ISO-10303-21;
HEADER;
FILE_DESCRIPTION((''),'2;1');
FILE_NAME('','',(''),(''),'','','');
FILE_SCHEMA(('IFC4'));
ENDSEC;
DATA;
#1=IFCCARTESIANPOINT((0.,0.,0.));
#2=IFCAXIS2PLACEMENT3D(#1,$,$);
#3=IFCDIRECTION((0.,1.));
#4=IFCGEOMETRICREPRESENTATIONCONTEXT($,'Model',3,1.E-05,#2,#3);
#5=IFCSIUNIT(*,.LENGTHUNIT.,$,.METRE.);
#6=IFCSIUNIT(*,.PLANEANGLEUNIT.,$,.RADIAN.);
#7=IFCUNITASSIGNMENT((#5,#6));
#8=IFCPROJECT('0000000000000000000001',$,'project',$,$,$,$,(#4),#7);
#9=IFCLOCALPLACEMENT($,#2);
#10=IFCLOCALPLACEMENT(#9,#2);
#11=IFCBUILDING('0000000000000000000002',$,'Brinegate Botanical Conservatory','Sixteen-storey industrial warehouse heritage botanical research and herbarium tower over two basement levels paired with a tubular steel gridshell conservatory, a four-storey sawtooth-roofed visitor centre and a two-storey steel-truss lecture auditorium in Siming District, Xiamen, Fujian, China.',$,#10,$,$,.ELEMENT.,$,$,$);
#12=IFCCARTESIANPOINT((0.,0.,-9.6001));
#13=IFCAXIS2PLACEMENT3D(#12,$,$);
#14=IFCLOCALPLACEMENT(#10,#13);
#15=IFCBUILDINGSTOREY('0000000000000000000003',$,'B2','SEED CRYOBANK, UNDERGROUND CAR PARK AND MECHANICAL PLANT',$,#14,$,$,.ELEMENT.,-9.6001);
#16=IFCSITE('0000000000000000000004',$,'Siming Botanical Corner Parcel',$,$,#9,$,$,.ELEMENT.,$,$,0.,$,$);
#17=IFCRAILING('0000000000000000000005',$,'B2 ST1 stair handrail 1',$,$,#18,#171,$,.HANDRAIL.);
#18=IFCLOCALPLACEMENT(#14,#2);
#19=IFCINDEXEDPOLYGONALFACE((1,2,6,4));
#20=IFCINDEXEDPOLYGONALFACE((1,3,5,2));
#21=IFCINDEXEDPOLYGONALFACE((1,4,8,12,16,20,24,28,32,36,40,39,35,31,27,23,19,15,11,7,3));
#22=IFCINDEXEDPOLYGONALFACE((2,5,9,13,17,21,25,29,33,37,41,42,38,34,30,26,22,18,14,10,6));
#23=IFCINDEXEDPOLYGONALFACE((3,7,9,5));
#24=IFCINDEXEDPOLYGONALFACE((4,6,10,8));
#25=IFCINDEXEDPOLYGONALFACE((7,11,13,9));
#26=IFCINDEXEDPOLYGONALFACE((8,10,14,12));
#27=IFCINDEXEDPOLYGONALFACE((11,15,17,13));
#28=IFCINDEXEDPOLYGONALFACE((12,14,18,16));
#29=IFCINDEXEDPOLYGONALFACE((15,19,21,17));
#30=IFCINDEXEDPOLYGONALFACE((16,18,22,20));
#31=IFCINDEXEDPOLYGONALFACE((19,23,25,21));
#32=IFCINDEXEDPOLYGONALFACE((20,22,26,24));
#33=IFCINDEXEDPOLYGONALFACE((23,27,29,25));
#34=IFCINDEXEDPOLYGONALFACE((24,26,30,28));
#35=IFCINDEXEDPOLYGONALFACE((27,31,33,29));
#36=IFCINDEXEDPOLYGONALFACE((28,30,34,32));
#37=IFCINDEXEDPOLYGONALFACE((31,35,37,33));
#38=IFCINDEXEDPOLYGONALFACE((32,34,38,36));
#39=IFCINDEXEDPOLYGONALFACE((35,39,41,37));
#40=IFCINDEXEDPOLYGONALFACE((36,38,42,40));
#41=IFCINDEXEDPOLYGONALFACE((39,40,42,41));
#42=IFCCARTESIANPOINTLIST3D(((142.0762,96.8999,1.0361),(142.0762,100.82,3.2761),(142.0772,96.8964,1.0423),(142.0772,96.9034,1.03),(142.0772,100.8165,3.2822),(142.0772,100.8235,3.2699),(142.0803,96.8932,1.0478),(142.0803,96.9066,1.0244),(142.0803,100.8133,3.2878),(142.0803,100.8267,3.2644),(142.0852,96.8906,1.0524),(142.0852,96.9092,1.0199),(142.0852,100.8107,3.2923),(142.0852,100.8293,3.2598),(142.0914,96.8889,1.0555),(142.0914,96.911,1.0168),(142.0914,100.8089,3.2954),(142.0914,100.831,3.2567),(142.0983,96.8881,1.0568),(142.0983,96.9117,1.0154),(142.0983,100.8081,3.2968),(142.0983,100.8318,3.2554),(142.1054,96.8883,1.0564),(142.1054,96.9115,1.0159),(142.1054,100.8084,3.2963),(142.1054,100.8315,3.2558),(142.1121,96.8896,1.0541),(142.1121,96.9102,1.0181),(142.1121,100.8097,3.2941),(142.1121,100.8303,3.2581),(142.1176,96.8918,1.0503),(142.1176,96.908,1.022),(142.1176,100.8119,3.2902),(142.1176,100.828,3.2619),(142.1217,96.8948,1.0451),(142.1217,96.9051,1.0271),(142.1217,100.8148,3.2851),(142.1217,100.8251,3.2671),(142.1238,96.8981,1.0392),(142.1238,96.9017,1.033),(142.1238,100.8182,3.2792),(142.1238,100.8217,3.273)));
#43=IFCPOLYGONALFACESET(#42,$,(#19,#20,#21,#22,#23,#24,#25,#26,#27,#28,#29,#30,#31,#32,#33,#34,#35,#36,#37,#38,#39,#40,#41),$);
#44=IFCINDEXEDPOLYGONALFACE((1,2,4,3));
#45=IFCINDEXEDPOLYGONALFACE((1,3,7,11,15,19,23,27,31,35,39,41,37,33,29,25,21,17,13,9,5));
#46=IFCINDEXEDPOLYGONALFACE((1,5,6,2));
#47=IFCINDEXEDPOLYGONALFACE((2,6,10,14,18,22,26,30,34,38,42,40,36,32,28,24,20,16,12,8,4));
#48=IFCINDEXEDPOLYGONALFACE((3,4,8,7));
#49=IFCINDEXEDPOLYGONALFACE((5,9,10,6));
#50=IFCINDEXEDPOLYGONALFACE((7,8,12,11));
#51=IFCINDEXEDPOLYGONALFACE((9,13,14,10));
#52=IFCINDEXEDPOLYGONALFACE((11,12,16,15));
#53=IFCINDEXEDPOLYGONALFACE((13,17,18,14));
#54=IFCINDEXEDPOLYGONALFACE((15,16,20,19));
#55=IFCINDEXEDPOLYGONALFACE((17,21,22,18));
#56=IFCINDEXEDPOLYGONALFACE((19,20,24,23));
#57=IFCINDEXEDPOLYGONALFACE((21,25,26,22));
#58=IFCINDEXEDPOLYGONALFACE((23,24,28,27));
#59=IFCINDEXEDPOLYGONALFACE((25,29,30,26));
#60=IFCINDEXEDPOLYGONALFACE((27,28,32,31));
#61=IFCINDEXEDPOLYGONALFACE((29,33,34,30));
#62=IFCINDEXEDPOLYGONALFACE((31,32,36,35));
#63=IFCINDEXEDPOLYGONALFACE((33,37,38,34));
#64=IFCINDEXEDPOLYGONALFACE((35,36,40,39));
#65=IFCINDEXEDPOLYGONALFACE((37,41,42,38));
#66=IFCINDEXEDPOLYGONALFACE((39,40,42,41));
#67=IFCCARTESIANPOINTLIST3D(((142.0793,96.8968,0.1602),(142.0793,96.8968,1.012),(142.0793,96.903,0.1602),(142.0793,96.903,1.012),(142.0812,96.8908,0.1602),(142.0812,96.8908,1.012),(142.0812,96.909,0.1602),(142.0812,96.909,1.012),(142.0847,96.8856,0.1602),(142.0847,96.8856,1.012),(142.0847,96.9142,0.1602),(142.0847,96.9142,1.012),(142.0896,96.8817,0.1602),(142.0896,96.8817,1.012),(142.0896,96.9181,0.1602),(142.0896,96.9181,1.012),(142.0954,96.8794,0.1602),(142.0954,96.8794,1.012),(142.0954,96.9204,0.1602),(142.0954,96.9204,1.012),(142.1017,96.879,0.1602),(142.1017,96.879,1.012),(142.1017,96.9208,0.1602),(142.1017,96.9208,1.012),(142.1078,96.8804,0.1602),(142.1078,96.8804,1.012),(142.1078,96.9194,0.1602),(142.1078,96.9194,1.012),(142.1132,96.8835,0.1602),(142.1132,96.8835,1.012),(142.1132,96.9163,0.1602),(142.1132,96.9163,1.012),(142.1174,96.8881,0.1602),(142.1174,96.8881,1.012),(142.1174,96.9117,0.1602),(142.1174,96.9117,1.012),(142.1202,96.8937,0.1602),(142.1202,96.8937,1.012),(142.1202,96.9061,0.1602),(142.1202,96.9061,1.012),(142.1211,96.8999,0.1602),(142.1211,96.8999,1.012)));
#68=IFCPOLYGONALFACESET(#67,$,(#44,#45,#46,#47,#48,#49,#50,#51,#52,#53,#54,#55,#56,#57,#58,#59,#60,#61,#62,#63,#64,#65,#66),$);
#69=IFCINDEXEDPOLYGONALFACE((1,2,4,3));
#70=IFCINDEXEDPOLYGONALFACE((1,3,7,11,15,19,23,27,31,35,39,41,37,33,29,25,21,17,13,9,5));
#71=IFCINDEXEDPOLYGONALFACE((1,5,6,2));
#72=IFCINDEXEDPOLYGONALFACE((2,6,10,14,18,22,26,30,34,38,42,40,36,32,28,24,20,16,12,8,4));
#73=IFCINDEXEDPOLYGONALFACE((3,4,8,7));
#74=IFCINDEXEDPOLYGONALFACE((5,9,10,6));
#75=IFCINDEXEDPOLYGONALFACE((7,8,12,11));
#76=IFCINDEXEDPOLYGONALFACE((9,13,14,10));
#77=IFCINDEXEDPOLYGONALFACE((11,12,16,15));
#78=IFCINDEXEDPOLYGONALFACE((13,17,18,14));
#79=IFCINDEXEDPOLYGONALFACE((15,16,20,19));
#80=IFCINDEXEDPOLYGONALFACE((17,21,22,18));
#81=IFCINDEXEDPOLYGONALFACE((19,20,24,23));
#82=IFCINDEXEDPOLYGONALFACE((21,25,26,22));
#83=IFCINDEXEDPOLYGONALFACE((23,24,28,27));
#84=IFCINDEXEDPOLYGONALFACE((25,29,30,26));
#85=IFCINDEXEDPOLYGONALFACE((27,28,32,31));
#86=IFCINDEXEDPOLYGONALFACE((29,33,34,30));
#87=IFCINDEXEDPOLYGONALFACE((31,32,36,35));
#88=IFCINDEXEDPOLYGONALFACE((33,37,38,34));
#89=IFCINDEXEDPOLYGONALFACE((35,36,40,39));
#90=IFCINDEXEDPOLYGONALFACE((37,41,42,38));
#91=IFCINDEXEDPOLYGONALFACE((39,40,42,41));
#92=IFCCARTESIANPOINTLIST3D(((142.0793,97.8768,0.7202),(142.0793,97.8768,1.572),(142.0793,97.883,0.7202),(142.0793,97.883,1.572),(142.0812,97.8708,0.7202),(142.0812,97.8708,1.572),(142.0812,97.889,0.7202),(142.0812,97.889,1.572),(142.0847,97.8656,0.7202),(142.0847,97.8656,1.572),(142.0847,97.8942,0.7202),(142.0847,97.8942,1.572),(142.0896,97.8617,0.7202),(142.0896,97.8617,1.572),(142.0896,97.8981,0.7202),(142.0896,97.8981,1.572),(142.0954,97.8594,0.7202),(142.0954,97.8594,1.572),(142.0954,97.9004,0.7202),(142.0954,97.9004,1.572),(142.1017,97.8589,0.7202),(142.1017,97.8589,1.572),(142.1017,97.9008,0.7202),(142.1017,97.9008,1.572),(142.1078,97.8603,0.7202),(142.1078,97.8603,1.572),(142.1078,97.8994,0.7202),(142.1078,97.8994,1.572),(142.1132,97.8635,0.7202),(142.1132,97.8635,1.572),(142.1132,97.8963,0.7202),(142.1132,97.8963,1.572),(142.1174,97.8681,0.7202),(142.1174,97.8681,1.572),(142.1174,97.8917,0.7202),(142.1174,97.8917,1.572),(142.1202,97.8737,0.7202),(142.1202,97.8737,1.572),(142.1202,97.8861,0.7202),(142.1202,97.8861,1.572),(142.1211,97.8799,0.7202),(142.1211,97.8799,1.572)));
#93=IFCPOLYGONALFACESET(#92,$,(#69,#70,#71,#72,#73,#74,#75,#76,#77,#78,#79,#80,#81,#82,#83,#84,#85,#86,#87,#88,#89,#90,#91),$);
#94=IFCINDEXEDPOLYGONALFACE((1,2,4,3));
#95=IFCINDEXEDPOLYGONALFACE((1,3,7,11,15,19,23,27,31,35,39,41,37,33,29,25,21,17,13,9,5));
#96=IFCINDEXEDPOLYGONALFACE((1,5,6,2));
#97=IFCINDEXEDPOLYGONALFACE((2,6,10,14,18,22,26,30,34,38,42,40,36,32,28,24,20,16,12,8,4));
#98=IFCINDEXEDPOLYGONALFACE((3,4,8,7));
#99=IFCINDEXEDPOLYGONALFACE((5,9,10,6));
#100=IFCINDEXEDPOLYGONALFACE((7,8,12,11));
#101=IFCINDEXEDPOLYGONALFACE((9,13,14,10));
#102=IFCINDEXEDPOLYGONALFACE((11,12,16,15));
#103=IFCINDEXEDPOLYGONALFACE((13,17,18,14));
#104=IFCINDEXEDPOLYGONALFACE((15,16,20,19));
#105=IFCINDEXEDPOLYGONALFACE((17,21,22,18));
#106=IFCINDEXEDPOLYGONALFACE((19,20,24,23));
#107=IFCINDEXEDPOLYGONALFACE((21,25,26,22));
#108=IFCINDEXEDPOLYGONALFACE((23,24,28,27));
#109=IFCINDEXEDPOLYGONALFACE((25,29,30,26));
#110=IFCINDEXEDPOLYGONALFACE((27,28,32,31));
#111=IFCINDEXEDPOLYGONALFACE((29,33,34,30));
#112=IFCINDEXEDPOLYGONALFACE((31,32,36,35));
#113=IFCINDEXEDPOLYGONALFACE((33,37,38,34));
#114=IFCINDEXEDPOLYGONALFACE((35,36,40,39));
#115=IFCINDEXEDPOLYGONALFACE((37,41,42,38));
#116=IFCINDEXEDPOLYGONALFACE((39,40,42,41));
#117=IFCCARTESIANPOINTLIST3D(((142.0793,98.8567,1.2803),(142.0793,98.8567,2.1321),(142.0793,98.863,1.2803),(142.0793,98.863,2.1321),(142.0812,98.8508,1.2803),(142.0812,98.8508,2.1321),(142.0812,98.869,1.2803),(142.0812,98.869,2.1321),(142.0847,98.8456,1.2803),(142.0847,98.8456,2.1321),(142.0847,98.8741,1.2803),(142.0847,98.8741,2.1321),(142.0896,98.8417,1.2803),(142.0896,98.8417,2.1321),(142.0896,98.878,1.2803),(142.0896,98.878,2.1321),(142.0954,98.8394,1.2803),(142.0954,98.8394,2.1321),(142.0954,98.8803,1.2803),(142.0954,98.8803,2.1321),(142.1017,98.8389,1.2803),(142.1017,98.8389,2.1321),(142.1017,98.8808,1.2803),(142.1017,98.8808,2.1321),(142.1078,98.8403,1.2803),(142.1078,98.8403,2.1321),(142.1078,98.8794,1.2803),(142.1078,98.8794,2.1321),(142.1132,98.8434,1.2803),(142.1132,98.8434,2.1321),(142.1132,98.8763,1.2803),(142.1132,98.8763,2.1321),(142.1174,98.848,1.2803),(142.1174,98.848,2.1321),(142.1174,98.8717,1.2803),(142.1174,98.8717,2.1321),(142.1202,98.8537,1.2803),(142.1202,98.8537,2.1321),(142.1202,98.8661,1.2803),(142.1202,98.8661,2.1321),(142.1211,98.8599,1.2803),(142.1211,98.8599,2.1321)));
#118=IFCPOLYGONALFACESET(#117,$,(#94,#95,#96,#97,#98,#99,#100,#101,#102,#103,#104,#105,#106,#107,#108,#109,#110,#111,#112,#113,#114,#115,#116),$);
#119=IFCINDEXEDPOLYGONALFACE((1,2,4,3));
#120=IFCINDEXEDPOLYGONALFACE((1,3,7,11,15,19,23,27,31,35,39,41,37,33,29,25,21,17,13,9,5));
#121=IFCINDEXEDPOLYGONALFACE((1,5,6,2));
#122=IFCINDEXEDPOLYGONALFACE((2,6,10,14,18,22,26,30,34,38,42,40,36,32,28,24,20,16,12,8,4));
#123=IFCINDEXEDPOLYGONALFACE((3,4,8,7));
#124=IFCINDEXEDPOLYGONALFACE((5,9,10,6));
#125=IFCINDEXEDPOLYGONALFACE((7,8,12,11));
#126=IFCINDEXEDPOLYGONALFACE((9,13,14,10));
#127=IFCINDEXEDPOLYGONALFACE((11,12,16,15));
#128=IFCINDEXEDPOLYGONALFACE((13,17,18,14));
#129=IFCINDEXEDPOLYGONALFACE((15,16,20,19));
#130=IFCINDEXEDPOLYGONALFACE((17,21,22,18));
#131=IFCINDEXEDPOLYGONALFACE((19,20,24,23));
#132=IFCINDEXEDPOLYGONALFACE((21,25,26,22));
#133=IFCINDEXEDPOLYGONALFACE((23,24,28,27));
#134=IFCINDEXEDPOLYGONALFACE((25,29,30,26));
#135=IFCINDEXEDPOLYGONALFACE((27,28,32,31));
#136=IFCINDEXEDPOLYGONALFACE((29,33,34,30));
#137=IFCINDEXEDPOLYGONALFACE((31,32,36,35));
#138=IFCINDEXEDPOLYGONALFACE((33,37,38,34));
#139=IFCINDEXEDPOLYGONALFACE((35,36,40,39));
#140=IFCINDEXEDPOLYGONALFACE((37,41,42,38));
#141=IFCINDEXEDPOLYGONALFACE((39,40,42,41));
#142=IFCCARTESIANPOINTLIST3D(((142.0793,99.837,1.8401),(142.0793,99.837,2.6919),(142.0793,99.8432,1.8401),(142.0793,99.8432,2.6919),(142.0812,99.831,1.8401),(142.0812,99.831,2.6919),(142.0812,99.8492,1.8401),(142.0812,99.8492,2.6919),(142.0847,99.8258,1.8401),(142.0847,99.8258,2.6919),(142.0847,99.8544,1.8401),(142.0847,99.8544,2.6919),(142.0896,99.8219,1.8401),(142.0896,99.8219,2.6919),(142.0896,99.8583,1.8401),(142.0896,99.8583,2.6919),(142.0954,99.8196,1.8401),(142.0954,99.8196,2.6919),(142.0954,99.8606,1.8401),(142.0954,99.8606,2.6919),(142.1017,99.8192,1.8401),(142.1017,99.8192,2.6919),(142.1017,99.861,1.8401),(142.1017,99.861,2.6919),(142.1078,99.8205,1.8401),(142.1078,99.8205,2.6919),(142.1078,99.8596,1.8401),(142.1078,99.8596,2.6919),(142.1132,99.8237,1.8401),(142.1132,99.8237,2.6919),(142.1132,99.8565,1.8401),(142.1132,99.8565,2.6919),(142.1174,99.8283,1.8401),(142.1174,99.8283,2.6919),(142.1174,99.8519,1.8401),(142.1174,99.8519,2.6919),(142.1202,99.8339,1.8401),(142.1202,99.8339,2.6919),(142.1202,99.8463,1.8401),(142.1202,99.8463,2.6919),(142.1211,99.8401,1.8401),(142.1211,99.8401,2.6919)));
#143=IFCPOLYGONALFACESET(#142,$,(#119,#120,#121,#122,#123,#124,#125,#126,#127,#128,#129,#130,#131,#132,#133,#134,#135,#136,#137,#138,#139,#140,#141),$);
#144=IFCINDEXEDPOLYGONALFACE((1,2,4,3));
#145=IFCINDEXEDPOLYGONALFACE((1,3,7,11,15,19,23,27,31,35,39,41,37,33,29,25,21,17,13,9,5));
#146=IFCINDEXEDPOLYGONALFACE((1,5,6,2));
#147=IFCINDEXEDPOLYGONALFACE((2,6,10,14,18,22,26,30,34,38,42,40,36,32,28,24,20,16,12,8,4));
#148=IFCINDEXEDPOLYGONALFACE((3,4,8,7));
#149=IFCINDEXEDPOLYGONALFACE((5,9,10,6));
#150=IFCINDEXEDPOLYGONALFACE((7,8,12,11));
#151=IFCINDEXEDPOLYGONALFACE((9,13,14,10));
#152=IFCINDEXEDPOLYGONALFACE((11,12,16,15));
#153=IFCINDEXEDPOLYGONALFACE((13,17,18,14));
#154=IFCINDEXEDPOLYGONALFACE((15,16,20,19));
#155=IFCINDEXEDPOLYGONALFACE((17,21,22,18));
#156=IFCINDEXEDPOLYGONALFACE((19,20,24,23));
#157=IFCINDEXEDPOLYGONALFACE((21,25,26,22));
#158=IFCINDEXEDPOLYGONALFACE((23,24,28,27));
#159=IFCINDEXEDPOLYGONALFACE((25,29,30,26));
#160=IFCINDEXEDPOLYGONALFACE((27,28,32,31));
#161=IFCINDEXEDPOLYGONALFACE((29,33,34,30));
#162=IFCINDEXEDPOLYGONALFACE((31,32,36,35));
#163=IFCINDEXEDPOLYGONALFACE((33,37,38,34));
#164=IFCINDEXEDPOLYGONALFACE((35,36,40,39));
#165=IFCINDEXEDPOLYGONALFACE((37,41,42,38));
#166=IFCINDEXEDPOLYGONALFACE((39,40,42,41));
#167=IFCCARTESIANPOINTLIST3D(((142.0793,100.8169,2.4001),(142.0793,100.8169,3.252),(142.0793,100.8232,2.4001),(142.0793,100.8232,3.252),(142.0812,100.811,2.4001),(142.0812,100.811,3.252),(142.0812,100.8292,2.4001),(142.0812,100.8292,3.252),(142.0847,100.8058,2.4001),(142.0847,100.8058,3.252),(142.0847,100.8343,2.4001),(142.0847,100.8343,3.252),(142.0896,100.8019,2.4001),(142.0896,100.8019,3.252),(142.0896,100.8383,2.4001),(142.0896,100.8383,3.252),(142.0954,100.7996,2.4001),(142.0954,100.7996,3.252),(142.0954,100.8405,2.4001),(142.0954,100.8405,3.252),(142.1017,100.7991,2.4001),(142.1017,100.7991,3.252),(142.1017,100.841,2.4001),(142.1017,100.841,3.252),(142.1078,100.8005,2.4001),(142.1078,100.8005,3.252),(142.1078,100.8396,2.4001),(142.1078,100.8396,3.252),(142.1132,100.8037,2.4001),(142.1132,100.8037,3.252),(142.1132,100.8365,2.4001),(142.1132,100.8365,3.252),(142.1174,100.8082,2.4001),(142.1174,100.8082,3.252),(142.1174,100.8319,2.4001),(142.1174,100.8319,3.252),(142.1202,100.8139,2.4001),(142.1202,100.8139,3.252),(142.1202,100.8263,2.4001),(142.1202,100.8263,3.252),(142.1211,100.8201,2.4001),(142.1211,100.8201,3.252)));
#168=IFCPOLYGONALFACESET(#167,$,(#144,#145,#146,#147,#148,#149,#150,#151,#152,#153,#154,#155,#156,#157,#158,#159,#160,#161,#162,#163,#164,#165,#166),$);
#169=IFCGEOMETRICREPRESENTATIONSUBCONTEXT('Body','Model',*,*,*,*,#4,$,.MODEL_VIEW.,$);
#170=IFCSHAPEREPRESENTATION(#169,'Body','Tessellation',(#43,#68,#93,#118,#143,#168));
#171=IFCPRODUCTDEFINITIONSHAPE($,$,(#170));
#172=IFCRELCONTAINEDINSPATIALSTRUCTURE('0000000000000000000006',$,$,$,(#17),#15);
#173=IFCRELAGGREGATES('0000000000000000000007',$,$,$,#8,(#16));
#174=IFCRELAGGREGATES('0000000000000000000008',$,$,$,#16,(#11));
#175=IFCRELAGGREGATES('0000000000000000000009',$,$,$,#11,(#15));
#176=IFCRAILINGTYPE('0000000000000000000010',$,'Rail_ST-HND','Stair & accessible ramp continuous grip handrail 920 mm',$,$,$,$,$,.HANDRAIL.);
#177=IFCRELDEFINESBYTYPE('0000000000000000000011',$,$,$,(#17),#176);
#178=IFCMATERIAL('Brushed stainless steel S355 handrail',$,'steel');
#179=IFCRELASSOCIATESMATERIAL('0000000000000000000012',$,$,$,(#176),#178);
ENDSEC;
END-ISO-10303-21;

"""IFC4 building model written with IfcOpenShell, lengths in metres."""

from ifc_helpers import new_model, si_unit, direction, frame, origin, origin_2d, place, context, subcontext, project, spatial, circle, extrude, material, type_object, element, save


model = new_model("IFC4")

# Units and contexts
model_context = context("Model", 3, precision=1e-05, world=origin(), true_north=direction((0.0, 1.0)))
body_context = subcontext(model_context, "Body", "Model", "MODEL_VIEW")
ifc_project = project(units=[si_unit("LENGTHUNIT", "METRE"), si_unit("PLANEANGLEUNIT", "RADIAN")], contexts=[model_context])

# Site, building, storey
site_placement = place(None, origin())
site = spatial("IfcSite", under=ifc_project, at=site_placement, Name="Siming Botanical Corner Parcel", CompositionType="ELEMENT", RefElevation=0.0)
building_placement = place(site_placement, origin())
building = spatial("IfcBuilding", under=site, at=building_placement, Name="Brinegate Botanical Conservatory", Description="Sixteen-storey industrial warehouse heritage botanical research and herbarium tower over two basement levels paired with a tubular steel gridshell conservatory, a four-storey sawtooth-roofed visitor centre and a two-storey steel-truss lecture auditorium in Siming District, Xiamen, Fujian, China.", CompositionType="ELEMENT")
storey_placement = place(building_placement, frame((0.0, 0.0, -9.6001)))
storey = spatial("IfcBuildingStorey", under=building, at=storey_placement, Name="B2", Description="SEED CRYOBANK, UNDERGROUND CAR PARK AND MECHANICAL PLANT", CompositionType="ELEMENT", Elevation=-9.6001)

# Railing
ifc_material_1 = material(Name="Brushed stainless steel S355 handrail", Category="steel")
railing_type_1 = type_object("IfcRailingType", Name="Rail_ST-HND", Description="Stair & accessible ramp continuous grip handrail 920 mm", PredefinedType="HANDRAIL", material=ifc_material_1)
railing_1_placement = place(storey_placement, frame((142.1001, 96.8999, 0.1602)))
element("IfcRailing", 1, at=railing_1_placement, inside=storey, type_object=railing_type_1, Name="B2 ST1 stair handrail 1", PredefinedType="HANDRAIL", context=body_context, shape_type="SweptSolid", body=[
    extrude(circle(Radius=0.0239, at=origin_2d()), frame((0.0, 0.0, 0.876), z_axis=(0.0, 0.868253, 0.496121), x_axis=(-1.0, 0.0, 0.0)), (0.0, 0.0, 1.0), 4.5149),
    extrude(circle(Radius=0.021, at=origin_2d()), origin(), (0.0, 0.0, 1.0), 0.8518),
    extrude(circle(Radius=0.021, at=origin_2d()), frame((0.0, 0.98, 0.5601)), (0.0, 0.0, 1.0), 0.8518),
    extrude(circle(Radius=0.021, at=origin_2d()), frame((0.0, 1.96, 1.1201)), (0.0, 0.0, 1.0), 0.8518),
    extrude(circle(Radius=0.021, at=origin_2d()), frame((0.0, 2.9402, 1.6799)), (0.0, 0.0, 1.0), 0.8518),
    extrude(circle(Radius=0.021, at=origin_2d()), frame((0.0, 3.9202, 2.24)), (0.0, 0.0, 1.0), 0.8518),
])

save(model, "model.ifc")
